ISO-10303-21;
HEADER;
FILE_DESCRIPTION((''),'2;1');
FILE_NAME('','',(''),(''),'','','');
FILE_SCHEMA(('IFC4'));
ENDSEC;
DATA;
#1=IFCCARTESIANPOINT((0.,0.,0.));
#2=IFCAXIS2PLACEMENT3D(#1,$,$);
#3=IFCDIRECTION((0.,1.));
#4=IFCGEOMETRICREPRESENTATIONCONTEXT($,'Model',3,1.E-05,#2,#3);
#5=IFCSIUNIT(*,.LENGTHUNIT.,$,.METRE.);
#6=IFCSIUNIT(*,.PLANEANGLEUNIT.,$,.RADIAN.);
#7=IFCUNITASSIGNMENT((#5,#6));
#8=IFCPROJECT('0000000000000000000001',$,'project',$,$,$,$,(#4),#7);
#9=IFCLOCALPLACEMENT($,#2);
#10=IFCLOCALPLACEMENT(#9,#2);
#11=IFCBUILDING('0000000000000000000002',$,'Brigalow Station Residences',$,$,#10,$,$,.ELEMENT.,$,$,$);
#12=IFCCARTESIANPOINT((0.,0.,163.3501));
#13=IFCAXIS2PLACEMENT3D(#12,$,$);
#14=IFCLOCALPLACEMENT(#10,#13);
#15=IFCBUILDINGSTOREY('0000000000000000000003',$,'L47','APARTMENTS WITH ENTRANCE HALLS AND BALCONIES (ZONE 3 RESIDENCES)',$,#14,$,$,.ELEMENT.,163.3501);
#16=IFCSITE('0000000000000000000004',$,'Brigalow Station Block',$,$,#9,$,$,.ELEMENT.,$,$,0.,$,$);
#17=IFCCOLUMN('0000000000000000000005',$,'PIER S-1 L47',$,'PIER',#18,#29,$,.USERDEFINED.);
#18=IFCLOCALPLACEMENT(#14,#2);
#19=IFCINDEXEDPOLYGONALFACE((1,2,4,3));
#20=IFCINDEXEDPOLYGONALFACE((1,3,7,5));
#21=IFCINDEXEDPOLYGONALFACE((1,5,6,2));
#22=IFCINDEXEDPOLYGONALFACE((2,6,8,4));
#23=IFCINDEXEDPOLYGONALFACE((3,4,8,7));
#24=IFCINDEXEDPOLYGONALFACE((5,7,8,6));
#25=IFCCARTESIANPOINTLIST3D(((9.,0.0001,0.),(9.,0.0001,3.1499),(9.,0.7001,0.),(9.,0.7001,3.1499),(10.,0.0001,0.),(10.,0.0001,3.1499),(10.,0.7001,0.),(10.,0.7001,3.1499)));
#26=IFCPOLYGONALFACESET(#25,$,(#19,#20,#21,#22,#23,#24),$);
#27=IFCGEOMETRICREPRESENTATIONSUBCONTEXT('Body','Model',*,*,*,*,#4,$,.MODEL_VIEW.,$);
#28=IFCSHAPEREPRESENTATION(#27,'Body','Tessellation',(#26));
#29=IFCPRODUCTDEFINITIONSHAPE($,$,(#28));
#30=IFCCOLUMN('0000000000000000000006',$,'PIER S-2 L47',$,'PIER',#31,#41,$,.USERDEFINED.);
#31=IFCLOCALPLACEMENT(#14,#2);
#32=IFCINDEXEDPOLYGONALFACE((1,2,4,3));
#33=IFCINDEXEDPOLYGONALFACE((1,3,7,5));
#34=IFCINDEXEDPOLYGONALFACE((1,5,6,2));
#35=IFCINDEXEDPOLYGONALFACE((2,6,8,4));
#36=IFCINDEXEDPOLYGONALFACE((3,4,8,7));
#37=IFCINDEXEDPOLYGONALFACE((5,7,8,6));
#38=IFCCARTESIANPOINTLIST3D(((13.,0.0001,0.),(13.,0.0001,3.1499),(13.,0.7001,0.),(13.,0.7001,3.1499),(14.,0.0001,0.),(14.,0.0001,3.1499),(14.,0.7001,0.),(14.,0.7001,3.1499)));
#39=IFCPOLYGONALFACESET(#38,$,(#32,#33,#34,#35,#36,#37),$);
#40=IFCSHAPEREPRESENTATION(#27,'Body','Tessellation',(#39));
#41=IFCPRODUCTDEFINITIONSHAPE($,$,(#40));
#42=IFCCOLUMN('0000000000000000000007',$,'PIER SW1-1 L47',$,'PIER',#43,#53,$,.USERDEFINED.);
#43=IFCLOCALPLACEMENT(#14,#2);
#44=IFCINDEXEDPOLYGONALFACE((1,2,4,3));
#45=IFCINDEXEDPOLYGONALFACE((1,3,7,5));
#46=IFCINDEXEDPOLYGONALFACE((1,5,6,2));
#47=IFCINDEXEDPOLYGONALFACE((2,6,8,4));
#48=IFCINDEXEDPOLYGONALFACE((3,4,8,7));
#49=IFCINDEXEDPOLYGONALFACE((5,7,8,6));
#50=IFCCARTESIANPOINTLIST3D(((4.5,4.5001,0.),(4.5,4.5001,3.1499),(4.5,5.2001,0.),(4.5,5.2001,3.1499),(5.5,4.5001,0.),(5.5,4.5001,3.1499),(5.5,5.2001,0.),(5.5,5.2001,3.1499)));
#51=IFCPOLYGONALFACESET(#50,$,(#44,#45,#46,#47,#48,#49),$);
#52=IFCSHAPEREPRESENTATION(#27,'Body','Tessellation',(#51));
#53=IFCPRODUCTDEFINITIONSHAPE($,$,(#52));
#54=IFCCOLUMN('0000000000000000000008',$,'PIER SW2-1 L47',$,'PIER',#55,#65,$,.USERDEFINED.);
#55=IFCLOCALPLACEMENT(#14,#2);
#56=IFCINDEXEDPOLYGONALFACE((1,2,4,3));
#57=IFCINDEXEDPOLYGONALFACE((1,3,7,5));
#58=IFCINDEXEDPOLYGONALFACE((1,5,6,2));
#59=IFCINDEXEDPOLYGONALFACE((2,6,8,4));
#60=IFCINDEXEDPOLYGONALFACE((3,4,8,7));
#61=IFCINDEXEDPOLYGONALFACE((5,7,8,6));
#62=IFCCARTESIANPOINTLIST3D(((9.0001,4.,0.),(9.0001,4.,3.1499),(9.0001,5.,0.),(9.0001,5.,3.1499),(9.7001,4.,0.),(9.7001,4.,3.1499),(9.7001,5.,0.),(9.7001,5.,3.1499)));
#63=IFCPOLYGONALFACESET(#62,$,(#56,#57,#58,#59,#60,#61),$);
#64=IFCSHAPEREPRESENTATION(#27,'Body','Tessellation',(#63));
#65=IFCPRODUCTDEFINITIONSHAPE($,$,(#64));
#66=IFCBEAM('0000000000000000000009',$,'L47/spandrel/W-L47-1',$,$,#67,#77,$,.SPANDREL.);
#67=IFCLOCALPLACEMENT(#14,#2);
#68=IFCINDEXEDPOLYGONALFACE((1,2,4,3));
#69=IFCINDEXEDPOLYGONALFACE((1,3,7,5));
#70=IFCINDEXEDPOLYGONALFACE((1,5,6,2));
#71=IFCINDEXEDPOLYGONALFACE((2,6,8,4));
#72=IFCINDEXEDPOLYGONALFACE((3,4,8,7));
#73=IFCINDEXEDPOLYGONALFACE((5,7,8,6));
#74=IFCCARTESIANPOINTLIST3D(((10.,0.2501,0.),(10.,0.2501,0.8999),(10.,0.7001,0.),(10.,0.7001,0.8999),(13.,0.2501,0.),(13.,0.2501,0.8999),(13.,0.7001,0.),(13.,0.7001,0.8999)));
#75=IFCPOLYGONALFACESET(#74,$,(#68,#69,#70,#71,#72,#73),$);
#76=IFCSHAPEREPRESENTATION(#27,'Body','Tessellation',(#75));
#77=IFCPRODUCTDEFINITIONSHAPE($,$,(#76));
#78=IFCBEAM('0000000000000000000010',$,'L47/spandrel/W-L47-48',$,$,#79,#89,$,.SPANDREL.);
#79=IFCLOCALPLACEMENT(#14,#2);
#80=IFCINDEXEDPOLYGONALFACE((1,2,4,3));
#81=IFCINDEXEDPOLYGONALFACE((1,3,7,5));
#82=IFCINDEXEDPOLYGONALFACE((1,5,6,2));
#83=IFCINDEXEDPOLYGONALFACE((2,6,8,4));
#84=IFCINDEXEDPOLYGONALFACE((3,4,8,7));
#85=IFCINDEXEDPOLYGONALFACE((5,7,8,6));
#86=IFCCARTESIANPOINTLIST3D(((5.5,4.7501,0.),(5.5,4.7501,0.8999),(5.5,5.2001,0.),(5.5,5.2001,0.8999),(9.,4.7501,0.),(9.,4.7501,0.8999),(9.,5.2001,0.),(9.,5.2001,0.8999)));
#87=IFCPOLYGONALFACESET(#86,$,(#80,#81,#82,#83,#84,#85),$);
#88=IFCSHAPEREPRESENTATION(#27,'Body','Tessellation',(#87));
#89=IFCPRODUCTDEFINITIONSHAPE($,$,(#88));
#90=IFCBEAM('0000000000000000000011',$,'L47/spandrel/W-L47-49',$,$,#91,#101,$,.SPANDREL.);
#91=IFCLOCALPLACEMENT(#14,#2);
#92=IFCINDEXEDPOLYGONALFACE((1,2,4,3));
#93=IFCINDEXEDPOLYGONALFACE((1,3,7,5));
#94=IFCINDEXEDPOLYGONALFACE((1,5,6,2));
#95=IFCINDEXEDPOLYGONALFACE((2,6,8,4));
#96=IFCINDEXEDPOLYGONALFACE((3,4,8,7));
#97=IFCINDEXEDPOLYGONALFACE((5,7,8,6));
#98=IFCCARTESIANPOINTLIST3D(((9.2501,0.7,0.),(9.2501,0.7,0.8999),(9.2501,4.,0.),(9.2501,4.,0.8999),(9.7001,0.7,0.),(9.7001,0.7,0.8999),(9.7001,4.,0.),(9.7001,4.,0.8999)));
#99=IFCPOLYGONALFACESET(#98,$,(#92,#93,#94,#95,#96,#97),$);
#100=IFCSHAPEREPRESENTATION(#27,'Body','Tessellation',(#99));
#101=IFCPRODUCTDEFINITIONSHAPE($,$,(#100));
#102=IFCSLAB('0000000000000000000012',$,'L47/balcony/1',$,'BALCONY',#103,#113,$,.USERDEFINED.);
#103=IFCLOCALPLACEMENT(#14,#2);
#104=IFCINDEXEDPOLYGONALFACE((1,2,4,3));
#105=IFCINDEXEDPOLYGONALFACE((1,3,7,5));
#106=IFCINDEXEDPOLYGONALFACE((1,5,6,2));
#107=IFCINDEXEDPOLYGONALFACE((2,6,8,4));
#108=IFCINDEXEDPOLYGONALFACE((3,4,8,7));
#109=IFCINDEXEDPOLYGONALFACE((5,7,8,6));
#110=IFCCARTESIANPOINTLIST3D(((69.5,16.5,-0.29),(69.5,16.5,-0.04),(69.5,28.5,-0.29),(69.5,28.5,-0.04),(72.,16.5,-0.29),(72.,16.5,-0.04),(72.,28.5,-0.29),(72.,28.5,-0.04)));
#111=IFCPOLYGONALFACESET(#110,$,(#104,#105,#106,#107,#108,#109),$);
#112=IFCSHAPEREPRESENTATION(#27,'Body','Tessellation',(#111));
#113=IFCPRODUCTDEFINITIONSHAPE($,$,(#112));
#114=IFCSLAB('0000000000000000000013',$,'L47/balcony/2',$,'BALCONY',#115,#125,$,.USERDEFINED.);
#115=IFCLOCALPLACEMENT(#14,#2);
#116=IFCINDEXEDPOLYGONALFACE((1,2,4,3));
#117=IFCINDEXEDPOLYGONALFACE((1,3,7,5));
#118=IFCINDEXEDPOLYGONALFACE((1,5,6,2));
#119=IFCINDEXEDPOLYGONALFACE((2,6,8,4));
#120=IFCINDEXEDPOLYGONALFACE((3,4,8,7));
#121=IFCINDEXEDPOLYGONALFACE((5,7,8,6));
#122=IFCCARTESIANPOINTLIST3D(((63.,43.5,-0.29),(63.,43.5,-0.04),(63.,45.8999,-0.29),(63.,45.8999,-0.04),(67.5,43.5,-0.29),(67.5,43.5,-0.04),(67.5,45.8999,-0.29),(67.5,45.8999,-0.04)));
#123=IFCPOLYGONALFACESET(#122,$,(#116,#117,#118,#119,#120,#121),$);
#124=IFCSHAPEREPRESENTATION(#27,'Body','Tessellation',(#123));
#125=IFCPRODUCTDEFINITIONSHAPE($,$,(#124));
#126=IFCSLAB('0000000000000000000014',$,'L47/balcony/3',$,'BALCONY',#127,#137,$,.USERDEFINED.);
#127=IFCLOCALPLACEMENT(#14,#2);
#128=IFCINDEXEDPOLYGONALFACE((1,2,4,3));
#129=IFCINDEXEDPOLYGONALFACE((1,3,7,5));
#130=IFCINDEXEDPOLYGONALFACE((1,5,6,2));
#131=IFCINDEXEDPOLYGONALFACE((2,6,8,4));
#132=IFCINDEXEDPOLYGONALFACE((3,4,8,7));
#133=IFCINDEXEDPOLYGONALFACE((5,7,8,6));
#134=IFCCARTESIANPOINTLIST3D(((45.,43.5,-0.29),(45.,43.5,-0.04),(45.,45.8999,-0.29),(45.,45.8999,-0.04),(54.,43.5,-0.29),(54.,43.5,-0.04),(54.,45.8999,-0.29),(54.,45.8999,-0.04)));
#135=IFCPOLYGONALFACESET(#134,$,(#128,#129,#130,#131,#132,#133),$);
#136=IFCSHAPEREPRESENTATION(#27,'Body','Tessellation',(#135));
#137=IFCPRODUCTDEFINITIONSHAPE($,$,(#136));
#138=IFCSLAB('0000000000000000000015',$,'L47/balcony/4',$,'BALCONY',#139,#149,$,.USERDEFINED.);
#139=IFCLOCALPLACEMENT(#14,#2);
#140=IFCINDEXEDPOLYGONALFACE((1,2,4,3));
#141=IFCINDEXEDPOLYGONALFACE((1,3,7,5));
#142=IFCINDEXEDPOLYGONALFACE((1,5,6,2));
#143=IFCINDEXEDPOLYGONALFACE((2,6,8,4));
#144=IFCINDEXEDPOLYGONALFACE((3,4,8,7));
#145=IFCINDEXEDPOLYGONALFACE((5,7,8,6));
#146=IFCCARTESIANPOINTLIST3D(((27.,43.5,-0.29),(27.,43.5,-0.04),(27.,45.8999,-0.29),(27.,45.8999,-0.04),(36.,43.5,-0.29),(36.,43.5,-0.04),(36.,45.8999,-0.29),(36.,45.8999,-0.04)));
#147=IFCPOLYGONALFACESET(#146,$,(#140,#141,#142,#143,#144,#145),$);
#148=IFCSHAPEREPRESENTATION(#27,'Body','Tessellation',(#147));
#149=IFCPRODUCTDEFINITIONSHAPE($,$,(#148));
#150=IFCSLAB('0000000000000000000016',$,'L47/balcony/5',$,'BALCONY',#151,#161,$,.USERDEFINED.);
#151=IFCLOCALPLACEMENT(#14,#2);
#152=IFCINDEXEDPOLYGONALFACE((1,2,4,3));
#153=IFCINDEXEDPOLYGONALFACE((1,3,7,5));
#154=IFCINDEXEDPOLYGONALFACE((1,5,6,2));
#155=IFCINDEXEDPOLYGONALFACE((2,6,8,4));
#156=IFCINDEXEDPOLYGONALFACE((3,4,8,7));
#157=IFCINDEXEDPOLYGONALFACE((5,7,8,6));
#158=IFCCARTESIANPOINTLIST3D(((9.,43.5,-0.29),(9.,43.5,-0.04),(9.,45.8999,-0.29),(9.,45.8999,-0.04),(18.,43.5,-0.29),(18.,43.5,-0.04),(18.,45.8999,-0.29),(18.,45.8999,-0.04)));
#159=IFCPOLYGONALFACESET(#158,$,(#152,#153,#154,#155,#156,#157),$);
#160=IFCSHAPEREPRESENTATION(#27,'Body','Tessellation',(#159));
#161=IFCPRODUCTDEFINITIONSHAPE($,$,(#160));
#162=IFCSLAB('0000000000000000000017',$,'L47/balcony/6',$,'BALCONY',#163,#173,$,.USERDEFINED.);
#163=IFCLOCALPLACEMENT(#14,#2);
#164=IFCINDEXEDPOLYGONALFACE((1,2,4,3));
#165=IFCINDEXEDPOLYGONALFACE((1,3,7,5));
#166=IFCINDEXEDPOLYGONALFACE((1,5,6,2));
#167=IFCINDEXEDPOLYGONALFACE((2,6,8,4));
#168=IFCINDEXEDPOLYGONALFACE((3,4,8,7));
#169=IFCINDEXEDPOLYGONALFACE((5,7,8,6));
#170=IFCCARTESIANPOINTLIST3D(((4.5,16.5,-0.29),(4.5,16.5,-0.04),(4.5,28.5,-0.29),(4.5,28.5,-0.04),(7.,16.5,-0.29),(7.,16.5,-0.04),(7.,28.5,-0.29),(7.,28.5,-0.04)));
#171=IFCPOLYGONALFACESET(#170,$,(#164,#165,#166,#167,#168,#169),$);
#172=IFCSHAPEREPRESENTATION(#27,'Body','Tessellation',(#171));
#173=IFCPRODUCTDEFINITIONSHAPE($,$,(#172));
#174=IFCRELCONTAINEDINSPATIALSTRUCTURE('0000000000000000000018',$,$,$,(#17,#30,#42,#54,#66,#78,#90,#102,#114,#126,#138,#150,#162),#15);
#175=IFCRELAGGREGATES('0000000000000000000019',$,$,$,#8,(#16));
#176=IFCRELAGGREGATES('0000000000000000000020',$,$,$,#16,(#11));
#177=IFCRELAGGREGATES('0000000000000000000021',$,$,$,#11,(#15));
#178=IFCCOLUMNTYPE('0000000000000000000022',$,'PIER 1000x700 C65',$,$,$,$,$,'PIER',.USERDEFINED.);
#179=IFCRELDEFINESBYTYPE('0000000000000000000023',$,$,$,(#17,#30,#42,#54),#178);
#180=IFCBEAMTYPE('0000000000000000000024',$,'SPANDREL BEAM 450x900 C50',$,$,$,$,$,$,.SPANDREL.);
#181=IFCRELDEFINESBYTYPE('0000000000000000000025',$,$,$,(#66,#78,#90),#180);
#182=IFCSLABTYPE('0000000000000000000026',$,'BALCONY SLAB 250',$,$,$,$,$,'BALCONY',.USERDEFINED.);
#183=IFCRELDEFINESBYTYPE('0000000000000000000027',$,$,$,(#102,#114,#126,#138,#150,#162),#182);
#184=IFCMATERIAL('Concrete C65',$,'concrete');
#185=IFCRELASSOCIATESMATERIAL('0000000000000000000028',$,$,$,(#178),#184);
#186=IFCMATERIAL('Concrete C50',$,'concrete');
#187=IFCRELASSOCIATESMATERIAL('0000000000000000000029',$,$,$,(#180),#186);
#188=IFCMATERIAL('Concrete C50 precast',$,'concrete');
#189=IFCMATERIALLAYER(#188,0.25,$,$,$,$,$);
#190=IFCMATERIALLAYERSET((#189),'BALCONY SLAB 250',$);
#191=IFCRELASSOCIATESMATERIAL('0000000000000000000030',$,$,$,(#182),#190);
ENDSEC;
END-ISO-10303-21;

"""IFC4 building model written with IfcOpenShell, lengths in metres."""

from ifc_helpers import new_model, si_unit, direction, frame, origin, origin_2d, place, context, subcontext, project, spatial, polyline, rectangle, outline, extrude, material, layer, layer_set, material_profile, profile_set, type_object, element, save


model = new_model("IFC4")

# Units and contexts
model_context = context("Model", 3, precision=1e-05, world=origin(), true_north=direction((0.0, 1.0)))
body_context = subcontext(model_context, "Body", "Model", "MODEL_VIEW")
ifc_project = project(units=[si_unit("LENGTHUNIT", "METRE"), si_unit("PLANEANGLEUNIT", "RADIAN")], contexts=[model_context])

# Site, building, storey
site_placement = place(None, origin())
site = spatial("IfcSite", under=ifc_project, at=site_placement, Name="Brigalow Station Block", CompositionType="ELEMENT", RefElevation=0.0)
building_placement = place(site_placement, origin())
building = spatial("IfcBuilding", under=site, at=building_placement, Name="Brigalow Station Residences", CompositionType="ELEMENT")
storey_placement = place(building_placement, frame((0.0, 0.0, 163.3501)))
storey = spatial("IfcBuildingStorey", under=building, at=storey_placement, Name="L47", Description="APARTMENTS WITH ENTRANCE HALLS AND BALCONIES (ZONE 3 RESIDENCES)", CompositionType="ELEMENT", Elevation=163.3501)

# Columns
ifc_material_1 = material(Name="Concrete C65", Category="concrete")
ifc_material_profile_1 = material_profile(ifc_material_1, rectangle(XDim=1.0, YDim=0.7, at=origin_2d()), Name="RC1000x700")
ifc_profile_set_1 = profile_set([ifc_material_profile_1], Name="Concrete C65")
column_type = type_object("IfcColumnType", Name="PIER 1000x700 C65", ElementType="PIER", PredefinedType="USERDEFINED", material=ifc_profile_set_1)
for number, where, z_axis, x_axis, name in (
    (1, (9.5, 0.3501, 0.0), (0.0, 0.0, 1.0), (1.0, 0.0, 0.0), "PIER S-1 L47"),
    (2, (13.5, 0.3501, 0.0), (0.0, 0.0, 1.0), (1.0, 0.0, 0.0), "PIER S-2 L47"),
    (3, (5.0, 4.8501, 0.0), (0.0, 0.0, 1.0), (1.0, 0.0, 0.0), "PIER SW1-1 L47"),
    (4, (9.3501, 4.5, 0.0), (0.0, 0.0, 1.0), (0.0, -1.0, 0.0), "PIER SW2-1 L47"),
):
    element("IfcColumn", number, at=place(storey_placement, frame(where, z_axis=z_axis, x_axis=x_axis)), inside=storey, type_object=column_type, Name=name, ObjectType="PIER", PredefinedType="USERDEFINED", context=body_context, shape_type="SweptSolid", body=[
        extrude(rectangle(XDim=1.0, YDim=0.7, at=origin_2d()), origin(), (0.0, 0.0, 1.0), 3.1499),
    ])

# Beams
ifc_material_2 = material(Name="Concrete C50", Category="concrete")
ifc_material_profile_2 = material_profile(ifc_material_2, rectangle(XDim=0.45, YDim=0.8999, at=origin_2d()), Name="RC450x900")
ifc_profile_set_2 = profile_set([ifc_material_profile_2], Name="Concrete C50")
beam_type = type_object("IfcBeamType", Name="SPANDREL BEAM 450x900 C50", PredefinedType="SPANDREL", material=ifc_profile_set_2)
beam_1_placement = place(storey_placement, frame((10.0, 0.4751, 0.45), z_axis=(1.0, 0.0, 0.0), x_axis=(0.0, 1.0, 0.0)))
element("IfcBeam", 5, at=beam_1_placement, inside=storey, type_object=beam_type, Name="L47/spandrel/W-L47-1", PredefinedType="SPANDREL", context=body_context, shape_type="SweptSolid", body=[
    extrude(rectangle(XDim=0.45, YDim=0.8999, at=origin_2d()), origin(), (0.0, 0.0, 1.0), 3.0),
])
beam_2_placement = place(storey_placement, frame((5.5, 4.9751, 0.45), z_axis=(1.0, 0.0, 0.0), x_axis=(0.0, 1.0, 0.0)))
element("IfcBeam", 6, at=beam_2_placement, inside=storey, type_object=beam_type, Name="L47/spandrel/W-L47-48", PredefinedType="SPANDREL", context=body_context, shape_type="SweptSolid", body=[
    extrude(rectangle(XDim=0.45, YDim=0.8999, at=origin_2d()), origin(), (0.0, 0.0, 1.0), 3.5),
])
beam_3_placement = place(storey_placement, frame((9.4751, 4.0, 0.45), z_axis=(0.0, -1.0, 0.0), x_axis=(1.0, 0.0, 0.0)))
element("IfcBeam", 7, at=beam_3_placement, inside=storey, type_object=beam_type, Name="L47/spandrel/W-L47-49", PredefinedType="SPANDREL", context=body_context, shape_type="SweptSolid", body=[
    extrude(rectangle(XDim=0.45, YDim=0.8999, at=origin_2d()), origin(), (0.0, 0.0, 1.0), 3.3),
])

# Slabs
ifc_material_3 = material(Name="Concrete C50 precast", Category="concrete")
ifc_layer_1 = layer(ifc_material_3, 0.25)
ifc_layer_set_1 = layer_set([ifc_layer_1], Name="BALCONY SLAB 250")
slab_type_1 = type_object("IfcSlabType", Name="BALCONY SLAB 250", ElementType="BALCONY", PredefinedType="USERDEFINED", material=ifc_layer_set_1)
slab_1_placement = place(storey_placement, frame((0.0, 0.0, -0.29)))
element("IfcSlab", 8, at=slab_1_placement, inside=storey, type_object=slab_type_1, Name="L47/balcony/1", ObjectType="BALCONY", PredefinedType="USERDEFINED", context=body_context, shape_type="SweptSolid", body=[
    extrude(outline(polyline([(69.5, 16.5), (72.0, 16.5), (72.0, 28.5), (69.5, 28.5), (69.5, 16.5)])), origin(), (0.0, 0.0, 1.0), 0.25),
])
slab_2_placement = place(storey_placement, frame((0.0, 0.0, -0.29)))
element("IfcSlab", 9, at=slab_2_placement, inside=storey, type_object=slab_type_1, Name="L47/balcony/2", ObjectType="BALCONY", PredefinedType="USERDEFINED", context=body_context, shape_type="SweptSolid", body=[
    extrude(outline(polyline([(67.5, 43.5), (67.5, 45.8999), (63.0, 45.8999), (63.0, 43.5), (67.5, 43.5)])), origin(), (0.0, 0.0, 1.0), 0.25),
])
slab_3_placement = place(storey_placement, frame((0.0, 0.0, -0.29)))
element("IfcSlab", 10, at=slab_3_placement, inside=storey, type_object=slab_type_1, Name="L47/balcony/3", ObjectType="BALCONY", PredefinedType="USERDEFINED", context=body_context, shape_type="SweptSolid", body=[
    extrude(outline(polyline([(54.0, 43.5), (54.0, 45.8999), (45.0, 45.8999), (45.0, 43.5), (54.0, 43.5)])), origin(), (0.0, 0.0, 1.0), 0.25),
])
slab_4_placement = place(storey_placement, frame((0.0, 0.0, -0.29)))
element("IfcSlab", 11, at=slab_4_placement, inside=storey, type_object=slab_type_1, Name="L47/balcony/4", ObjectType="BALCONY", PredefinedType="USERDEFINED", context=body_context, shape_type="SweptSolid", body=[
    extrude(outline(polyline([(36.0, 43.5), (36.0, 45.8999), (27.0, 45.8999), (27.0, 43.5), (36.0, 43.5)])), origin(), (0.0, 0.0, 1.0), 0.25),
])
slab_5_placement = place(storey_placement, frame((0.0, 0.0, -0.29)))
element("IfcSlab", 12, at=slab_5_placement, inside=storey, type_object=slab_type_1, Name="L47/balcony/5", ObjectType="BALCONY", PredefinedType="USERDEFINED", context=body_context, shape_type="SweptSolid", body=[
    extrude(outline(polyline([(18.0, 43.5), (18.0, 45.8999), (9.0, 45.8999), (9.0, 43.5), (18.0, 43.5)])), origin(), (0.0, 0.0, 1.0), 0.25),
])
slab_6_placement = place(storey_placement, frame((0.0, 0.0, -0.29)))
element("IfcSlab", 13, at=slab_6_placement, inside=storey, type_object=slab_type_1, Name="L47/balcony/6", ObjectType="BALCONY", PredefinedType="USERDEFINED", context=body_context, shape_type="SweptSolid", body=[
    extrude(outline(polyline([(7.0, 28.5), (4.5, 28.5), (4.5, 16.5), (7.0, 16.5), (7.0, 28.5)])), origin(), (0.0, 0.0, 1.0), 0.25),
])

save(model, "model.ifc")
